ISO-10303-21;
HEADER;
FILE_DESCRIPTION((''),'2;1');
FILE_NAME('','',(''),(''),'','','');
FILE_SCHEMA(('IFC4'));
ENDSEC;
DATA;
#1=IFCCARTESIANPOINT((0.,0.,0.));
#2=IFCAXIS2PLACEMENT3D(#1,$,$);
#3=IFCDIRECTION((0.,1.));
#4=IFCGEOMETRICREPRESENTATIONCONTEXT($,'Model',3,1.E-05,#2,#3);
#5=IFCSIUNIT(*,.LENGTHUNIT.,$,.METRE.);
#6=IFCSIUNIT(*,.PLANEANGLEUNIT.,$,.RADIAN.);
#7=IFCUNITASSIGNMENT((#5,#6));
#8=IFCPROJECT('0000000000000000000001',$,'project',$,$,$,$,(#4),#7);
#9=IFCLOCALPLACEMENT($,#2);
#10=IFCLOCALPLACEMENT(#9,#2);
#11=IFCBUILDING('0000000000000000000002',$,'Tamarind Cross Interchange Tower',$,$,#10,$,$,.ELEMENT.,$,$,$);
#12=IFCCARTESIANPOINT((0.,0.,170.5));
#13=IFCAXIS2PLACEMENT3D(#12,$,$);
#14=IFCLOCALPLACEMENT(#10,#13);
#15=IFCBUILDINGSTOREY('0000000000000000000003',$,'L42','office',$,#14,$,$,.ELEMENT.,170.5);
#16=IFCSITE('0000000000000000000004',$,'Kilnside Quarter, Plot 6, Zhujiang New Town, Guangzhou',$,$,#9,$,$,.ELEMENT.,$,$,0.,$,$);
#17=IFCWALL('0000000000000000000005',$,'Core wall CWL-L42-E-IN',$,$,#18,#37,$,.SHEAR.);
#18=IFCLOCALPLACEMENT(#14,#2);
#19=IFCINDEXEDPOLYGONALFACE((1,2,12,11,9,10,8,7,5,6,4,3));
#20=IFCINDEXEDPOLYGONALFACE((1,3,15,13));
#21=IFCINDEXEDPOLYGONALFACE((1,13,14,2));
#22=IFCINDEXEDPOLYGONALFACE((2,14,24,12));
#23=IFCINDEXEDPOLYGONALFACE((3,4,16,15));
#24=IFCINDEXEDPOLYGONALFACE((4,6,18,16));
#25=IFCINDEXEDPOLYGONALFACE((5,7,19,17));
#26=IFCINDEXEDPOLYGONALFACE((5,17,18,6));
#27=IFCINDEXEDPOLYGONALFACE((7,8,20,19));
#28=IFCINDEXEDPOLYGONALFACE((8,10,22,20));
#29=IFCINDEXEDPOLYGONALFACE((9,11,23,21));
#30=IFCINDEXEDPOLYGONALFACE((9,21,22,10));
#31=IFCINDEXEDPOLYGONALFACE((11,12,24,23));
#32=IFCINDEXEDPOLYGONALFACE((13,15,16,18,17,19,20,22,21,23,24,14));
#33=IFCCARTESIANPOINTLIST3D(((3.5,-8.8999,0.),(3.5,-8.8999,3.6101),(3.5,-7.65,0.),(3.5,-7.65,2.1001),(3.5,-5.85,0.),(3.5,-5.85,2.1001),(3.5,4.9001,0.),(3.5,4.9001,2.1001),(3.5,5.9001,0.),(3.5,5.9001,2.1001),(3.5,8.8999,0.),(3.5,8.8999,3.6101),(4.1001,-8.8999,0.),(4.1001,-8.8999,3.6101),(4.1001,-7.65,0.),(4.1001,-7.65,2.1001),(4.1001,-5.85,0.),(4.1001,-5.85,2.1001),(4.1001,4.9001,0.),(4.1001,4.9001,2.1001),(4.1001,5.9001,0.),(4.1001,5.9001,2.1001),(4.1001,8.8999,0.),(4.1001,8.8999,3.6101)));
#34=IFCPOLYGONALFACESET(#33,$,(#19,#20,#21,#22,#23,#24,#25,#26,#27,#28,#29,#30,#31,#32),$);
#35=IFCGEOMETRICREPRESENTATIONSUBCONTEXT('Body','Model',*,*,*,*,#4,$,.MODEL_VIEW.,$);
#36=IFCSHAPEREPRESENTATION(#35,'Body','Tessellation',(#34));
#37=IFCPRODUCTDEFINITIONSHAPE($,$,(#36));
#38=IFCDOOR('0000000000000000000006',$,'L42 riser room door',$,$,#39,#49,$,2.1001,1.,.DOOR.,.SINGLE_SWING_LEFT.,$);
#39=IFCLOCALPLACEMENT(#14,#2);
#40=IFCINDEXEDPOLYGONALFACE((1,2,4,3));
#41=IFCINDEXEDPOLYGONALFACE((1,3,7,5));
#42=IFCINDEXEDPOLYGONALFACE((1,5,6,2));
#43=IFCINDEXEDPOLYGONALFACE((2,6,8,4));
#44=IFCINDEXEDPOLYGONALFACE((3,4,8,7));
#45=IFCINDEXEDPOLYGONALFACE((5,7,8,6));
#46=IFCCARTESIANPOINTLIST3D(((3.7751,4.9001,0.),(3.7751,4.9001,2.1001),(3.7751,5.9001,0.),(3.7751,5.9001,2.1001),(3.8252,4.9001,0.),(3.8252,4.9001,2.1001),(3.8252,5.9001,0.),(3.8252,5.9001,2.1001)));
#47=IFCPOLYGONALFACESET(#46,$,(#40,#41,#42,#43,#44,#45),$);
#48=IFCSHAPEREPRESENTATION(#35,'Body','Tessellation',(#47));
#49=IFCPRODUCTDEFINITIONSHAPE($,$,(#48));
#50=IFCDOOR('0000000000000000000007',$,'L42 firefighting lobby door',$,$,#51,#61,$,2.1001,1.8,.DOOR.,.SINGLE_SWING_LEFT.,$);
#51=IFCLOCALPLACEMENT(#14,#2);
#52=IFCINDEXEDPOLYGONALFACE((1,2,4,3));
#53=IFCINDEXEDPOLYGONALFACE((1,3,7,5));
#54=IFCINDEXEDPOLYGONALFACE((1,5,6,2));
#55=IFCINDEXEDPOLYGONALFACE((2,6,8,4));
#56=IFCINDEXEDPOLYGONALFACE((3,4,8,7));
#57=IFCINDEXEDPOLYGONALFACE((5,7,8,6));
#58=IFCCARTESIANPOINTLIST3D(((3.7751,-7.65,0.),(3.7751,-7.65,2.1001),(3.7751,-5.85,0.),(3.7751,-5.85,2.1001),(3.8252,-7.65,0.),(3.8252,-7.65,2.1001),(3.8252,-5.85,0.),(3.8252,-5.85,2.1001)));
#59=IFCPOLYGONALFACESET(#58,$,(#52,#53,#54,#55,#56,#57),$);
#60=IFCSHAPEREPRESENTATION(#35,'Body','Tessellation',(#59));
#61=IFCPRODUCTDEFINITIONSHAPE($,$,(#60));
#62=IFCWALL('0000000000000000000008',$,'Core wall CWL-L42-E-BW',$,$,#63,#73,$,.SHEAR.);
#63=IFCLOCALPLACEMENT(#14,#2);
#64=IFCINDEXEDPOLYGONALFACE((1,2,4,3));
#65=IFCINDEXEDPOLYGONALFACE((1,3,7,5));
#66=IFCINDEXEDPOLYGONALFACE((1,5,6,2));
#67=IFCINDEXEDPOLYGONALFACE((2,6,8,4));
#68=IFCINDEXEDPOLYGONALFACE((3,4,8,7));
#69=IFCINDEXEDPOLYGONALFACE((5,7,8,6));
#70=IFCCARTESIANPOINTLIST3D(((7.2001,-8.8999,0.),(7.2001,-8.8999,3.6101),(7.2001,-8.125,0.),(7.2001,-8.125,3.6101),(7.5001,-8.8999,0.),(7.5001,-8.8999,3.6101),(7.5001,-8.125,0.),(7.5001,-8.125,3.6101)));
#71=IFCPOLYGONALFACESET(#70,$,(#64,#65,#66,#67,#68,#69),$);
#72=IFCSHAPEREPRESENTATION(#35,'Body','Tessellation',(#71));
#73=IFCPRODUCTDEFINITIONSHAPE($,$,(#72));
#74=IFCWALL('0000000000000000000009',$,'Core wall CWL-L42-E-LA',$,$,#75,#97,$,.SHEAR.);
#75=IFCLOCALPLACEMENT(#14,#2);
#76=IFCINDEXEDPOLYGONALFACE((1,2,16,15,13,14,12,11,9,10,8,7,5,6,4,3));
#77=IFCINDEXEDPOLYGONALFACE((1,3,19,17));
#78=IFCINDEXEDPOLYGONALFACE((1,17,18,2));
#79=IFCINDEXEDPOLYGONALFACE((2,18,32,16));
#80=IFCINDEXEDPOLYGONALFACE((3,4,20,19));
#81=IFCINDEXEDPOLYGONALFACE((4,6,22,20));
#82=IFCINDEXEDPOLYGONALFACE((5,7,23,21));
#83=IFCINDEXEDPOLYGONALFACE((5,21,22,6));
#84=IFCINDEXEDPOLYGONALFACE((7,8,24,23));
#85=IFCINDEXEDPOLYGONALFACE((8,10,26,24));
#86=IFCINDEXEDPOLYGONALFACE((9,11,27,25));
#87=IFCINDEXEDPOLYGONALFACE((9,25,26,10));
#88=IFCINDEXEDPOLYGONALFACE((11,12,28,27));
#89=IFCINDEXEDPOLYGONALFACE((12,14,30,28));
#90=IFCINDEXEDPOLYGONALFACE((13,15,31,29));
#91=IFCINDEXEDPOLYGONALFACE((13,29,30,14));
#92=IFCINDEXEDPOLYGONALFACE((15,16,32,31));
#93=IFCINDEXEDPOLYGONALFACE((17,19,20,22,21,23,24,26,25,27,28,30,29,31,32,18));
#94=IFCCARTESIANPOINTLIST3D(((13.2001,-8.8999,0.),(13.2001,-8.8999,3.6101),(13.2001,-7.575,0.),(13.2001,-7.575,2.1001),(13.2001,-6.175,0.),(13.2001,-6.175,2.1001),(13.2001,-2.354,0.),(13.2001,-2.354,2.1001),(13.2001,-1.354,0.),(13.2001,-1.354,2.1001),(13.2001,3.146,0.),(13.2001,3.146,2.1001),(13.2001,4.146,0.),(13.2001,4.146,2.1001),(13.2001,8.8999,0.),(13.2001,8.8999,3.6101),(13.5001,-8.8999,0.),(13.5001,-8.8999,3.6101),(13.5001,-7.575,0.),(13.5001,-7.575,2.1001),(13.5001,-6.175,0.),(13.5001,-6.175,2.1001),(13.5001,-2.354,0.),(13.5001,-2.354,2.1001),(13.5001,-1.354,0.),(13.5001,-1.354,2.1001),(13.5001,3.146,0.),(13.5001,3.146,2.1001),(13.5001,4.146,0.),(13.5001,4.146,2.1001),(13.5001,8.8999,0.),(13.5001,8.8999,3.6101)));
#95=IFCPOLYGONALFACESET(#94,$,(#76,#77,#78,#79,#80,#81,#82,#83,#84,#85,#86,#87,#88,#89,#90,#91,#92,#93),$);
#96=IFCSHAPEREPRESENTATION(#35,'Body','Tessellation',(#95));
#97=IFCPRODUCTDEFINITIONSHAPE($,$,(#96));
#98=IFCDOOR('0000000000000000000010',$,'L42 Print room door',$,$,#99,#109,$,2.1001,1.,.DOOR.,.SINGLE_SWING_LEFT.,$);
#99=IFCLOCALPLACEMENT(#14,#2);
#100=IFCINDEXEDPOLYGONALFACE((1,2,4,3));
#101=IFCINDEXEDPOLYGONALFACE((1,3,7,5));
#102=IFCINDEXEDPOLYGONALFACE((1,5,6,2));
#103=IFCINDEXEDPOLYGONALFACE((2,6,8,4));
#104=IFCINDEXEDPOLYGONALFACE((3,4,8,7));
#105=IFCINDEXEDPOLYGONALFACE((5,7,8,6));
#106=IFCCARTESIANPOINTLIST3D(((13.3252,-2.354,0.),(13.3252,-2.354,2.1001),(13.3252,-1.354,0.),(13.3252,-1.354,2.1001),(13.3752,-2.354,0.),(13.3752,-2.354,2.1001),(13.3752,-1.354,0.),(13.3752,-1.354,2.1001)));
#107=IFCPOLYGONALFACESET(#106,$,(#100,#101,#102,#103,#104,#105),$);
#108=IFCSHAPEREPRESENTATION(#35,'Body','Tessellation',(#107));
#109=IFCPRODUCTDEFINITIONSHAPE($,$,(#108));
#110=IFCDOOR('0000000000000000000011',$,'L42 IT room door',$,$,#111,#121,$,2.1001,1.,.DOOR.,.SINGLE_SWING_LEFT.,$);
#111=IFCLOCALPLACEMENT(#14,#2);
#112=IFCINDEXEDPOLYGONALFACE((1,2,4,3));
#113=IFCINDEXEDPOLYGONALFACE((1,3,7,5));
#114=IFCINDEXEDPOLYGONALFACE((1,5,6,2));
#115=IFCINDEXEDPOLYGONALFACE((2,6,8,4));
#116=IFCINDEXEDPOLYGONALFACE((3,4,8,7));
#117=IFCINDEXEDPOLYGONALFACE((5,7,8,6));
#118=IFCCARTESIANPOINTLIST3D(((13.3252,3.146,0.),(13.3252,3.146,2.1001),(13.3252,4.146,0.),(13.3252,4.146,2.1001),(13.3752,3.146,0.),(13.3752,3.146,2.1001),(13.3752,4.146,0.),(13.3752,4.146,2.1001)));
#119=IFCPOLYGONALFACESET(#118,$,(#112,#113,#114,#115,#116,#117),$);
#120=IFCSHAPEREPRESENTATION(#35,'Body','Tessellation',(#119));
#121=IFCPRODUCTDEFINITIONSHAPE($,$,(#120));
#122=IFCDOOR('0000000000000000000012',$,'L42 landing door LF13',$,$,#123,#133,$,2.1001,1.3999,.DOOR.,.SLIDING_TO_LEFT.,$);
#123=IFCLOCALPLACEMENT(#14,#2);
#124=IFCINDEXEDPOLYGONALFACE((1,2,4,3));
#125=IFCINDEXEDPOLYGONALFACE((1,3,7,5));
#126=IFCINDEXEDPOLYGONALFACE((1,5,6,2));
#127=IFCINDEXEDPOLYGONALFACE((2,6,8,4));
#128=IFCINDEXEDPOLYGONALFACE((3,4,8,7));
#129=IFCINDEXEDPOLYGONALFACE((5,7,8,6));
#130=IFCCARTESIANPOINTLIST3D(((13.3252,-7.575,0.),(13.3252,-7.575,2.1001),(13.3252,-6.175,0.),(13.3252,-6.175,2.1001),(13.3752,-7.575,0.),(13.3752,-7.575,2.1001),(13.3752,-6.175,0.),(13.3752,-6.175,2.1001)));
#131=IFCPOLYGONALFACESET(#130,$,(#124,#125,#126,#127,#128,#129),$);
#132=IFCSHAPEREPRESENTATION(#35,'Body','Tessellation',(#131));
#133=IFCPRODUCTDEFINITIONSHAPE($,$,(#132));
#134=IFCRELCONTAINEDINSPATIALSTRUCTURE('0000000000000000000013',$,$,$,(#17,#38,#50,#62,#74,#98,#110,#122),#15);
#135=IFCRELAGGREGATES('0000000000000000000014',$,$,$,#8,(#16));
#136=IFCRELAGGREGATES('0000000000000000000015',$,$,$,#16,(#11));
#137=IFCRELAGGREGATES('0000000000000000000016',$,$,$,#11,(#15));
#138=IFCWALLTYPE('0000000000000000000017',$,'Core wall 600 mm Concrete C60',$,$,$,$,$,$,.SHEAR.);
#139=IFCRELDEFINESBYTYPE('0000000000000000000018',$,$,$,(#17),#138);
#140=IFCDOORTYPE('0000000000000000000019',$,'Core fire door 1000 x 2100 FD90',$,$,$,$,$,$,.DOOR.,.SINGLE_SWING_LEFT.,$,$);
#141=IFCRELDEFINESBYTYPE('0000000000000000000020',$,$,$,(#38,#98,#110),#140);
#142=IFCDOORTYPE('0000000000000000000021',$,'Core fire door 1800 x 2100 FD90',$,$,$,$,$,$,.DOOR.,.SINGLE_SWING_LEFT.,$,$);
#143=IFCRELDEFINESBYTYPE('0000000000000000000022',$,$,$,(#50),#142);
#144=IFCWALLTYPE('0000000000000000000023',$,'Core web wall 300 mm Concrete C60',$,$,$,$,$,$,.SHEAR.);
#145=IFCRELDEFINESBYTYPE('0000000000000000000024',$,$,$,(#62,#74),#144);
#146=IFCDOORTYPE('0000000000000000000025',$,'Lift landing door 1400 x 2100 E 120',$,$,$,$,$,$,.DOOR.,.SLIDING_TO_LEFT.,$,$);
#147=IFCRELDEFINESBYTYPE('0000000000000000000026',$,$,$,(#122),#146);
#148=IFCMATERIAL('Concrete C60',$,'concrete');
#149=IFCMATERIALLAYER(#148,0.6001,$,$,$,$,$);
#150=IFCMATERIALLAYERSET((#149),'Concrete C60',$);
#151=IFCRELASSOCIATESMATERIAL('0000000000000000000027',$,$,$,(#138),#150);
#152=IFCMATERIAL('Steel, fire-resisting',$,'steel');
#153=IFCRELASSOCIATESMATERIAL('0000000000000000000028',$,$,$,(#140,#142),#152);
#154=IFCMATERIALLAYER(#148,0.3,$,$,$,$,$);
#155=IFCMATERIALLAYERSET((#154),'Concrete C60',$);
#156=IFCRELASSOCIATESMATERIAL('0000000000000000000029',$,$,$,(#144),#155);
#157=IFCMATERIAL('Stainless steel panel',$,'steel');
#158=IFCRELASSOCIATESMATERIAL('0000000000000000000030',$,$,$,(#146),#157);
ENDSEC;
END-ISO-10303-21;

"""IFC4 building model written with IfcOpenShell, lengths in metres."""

from ifc_helpers import new_model, si_unit, direction, frame, frame_2d, origin, place, context, subcontext, project, spatial, rectangle, extrude, material, layer, layer_set, type_object, element, fill, save


model = new_model("IFC4")

# Units and contexts
model_context = context("Model", 3, precision=1e-05, world=origin(), true_north=direction((0.0, 1.0)))
body_context = subcontext(model_context, "Body", "Model", "MODEL_VIEW")
ifc_project = project(units=[si_unit("LENGTHUNIT", "METRE"), si_unit("PLANEANGLEUNIT", "RADIAN")], contexts=[model_context])

# Site, building, storey
site_placement = place(None, origin())
site = spatial("IfcSite", under=ifc_project, at=site_placement, Name="Kilnside Quarter, Plot 6, Zhujiang New Town, Guangzhou", CompositionType="ELEMENT", RefElevation=0.0)
building_placement = place(site_placement, origin())
building = spatial("IfcBuilding", under=site, at=building_placement, Name="Tamarind Cross Interchange Tower", CompositionType="ELEMENT")
storey_placement = place(building_placement, frame((0.0, 0.0, 170.5)))
storey = spatial("IfcBuildingStorey", under=building, at=storey_placement, Name="L42", Description="office", CompositionType="ELEMENT", Elevation=170.5)

# Wall, openings, doors
ifc_material_1 = material(Name="Concrete C60", Category="concrete")
ifc_layer_1 = layer(ifc_material_1, 0.6001)
ifc_layer_set_1 = layer_set([ifc_layer_1], Name="Concrete C60")
wall_type_1 = type_object("IfcWallType", Name="Core wall 600 mm Concrete C60", PredefinedType="SHEAR", material=ifc_layer_set_1)
wall_1_placement = place(storey_placement, frame((3.8, -8.8999, 0.0), z_axis=(0.0, 0.0, 1.0), x_axis=(0.0, 1.0, 0.0)))
wall_1 = element("IfcWall", 1, at=wall_1_placement, inside=storey, type_object=wall_type_1, Name="Core wall CWL-L42-E-IN", PredefinedType="SHEAR", context=body_context, shape_type="SweptSolid", body=[
    extrude(rectangle(XDim=17.7998, YDim=0.6001, at=frame_2d((8.8999, 0.0))), origin(), (0.0, 0.0, 1.0), 3.6101),
])
opening_1_placement = place(wall_1_placement, frame((1.25, 0.0, 0.0)))
opening_1 = element("IfcOpeningElement", 2, at=opening_1_placement, cuts=wall_1, PredefinedType="OPENING", context=body_context, shape_type="SweptSolid", body=[
    extrude(rectangle(XDim=1.8, YDim=2.1001, at=frame_2d((0.8999, 1.05))), frame((0.0, 0.3101, 0.0), z_axis=(0.0, -1.0, 0.0), x_axis=(1.0, 0.0, 0.0)), (0.0, 0.0, 1.0), 0.6201),
])
opening_2_placement = place(wall_1_placement, frame((13.8, 0.0, 0.0)))
opening_2 = element("IfcOpeningElement", 3, at=opening_2_placement, cuts=wall_1, PredefinedType="OPENING", context=body_context, shape_type="SweptSolid", body=[
    extrude(rectangle(XDim=1.0, YDim=2.1001, at=frame_2d((0.5, 1.05))), frame((0.0, 0.3101, 0.0), z_axis=(0.0, -1.0, 0.0), x_axis=(1.0, 0.0, 0.0)), (0.0, 0.0, 1.0), 0.6201),
])
ifc_material_2 = material(Name="Steel, fire-resisting", Category="steel")
door_type_1 = type_object("IfcDoorType", Name="Core fire door 1000 x 2100 FD90", OperationType="SINGLE_SWING_LEFT", PredefinedType="DOOR", material=ifc_material_2)
door_1_placement = place(opening_2_placement, origin())
door_1 = element("IfcDoor", 4, at=door_1_placement, inside=storey, type_object=door_type_1, Name="L42 riser room door", OperationType="SINGLE_SWING_LEFT", OverallHeight=2.1001, OverallWidth=1.0, PredefinedType="DOOR", context=body_context, shape_type="SweptSolid", body=[
    extrude(rectangle(XDim=1.0, YDim=2.1001, at=frame_2d((0.5, 1.05))), frame((0.0, 0.0249, 0.0), z_axis=(0.0, -1.0, 0.0), x_axis=(1.0, 0.0, 0.0)), (0.0, 0.0, 1.0), 0.05),
])
fill(opening_2, door_1)
door_type_2 = type_object("IfcDoorType", Name="Core fire door 1800 x 2100 FD90", OperationType="SINGLE_SWING_LEFT", PredefinedType="DOOR", material=ifc_material_2)
door_2_placement = place(opening_1_placement, origin())
door_2 = element("IfcDoor", 5, at=door_2_placement, inside=storey, type_object=door_type_2, Name="L42 firefighting lobby door", OperationType="SINGLE_SWING_LEFT", OverallHeight=2.1001, OverallWidth=1.8, PredefinedType="DOOR", context=body_context, shape_type="SweptSolid", body=[
    extrude(rectangle(XDim=1.8, YDim=2.1001, at=frame_2d((0.8999, 1.05))), frame((0.0, 0.0249, 0.0), z_axis=(0.0, -1.0, 0.0), x_axis=(1.0, 0.0, 0.0)), (0.0, 0.0, 1.0), 0.05),
])
fill(opening_1, door_2)

# Wall
ifc_layer_2 = layer(ifc_material_1, 0.3)
ifc_layer_set_2 = layer_set([ifc_layer_2], Name="Concrete C60")
wall_type_2 = type_object("IfcWallType", Name="Core web wall 300 mm Concrete C60", PredefinedType="SHEAR", material=ifc_layer_set_2)
wall_2_placement = place(storey_placement, frame((7.3501, -8.8999, 0.0), z_axis=(0.0, 0.0, 1.0), x_axis=(0.0, 1.0, 0.0)))
element("IfcWall", 6, at=wall_2_placement, inside=storey, type_object=wall_type_2, Name="Core wall CWL-L42-E-BW", PredefinedType="SHEAR", context=body_context, shape_type="SweptSolid", body=[
    extrude(rectangle(XDim=0.7749, YDim=0.3, at=frame_2d((0.3875, 0.0))), origin(), (0.0, 0.0, 1.0), 3.6101),
])

# Wall, openings, doors
wall_3_placement = place(storey_placement, frame((13.3501, -8.8999, 0.0), z_axis=(0.0, 0.0, 1.0), x_axis=(0.0, 1.0, 0.0)))
wall_3 = element("IfcWall", 7, at=wall_3_placement, inside=storey, type_object=wall_type_2, Name="Core wall CWL-L42-E-LA", PredefinedType="SHEAR", context=body_context, shape_type="SweptSolid", body=[
    extrude(rectangle(XDim=17.7998, YDim=0.3, at=frame_2d((8.8999, 0.0))), origin(), (0.0, 0.0, 1.0), 3.6101),
])
opening_3_placement = place(wall_3_placement, frame((1.325, 0.0, 0.0)))
opening_3 = element("IfcOpeningElement", 8, at=opening_3_placement, cuts=wall_3, PredefinedType="OPENING", context=body_context, shape_type="SweptSolid", body=[
    extrude(rectangle(XDim=1.3999, YDim=2.1001, at=frame_2d((0.7, 1.05))), frame((0.0, 0.1599, 0.0), z_axis=(0.0, -1.0, 0.0), x_axis=(1.0, 0.0, 0.0)), (0.0, 0.0, 1.0), 0.3201),
])
opening_4_placement = place(wall_3_placement, frame((6.5459, 0.0, 0.0)))
opening_4 = element("IfcOpeningElement", 9, at=opening_4_placement, cuts=wall_3, PredefinedType="OPENING", context=body_context, shape_type="SweptSolid", body=[
    extrude(rectangle(XDim=1.0, YDim=2.1001, at=frame_2d((0.5, 1.05))), frame((0.0, 0.1599, 0.0), z_axis=(0.0, -1.0, 0.0), x_axis=(1.0, 0.0, 0.0)), (0.0, 0.0, 1.0), 0.3201),
])
opening_5_placement = place(wall_3_placement, frame((12.0459, 0.0, 0.0)))
opening_5 = element("IfcOpeningElement", 10, at=opening_5_placement, cuts=wall_3, PredefinedType="OPENING", context=body_context, shape_type="SweptSolid", body=[
    extrude(rectangle(XDim=1.0, YDim=2.1001, at=frame_2d((0.5, 1.05))), frame((0.0, 0.1599, 0.0), z_axis=(0.0, -1.0, 0.0), x_axis=(1.0, 0.0, 0.0)), (0.0, 0.0, 1.0), 0.3201),
])
door_3_placement = place(opening_4_placement, origin())
door_3 = element("IfcDoor", 11, at=door_3_placement, inside=storey, type_object=door_type_1, Name="L42 Print room door", OperationType="SINGLE_SWING_LEFT", OverallHeight=2.1001, OverallWidth=1.0, PredefinedType="DOOR", context=body_context, shape_type="SweptSolid", body=[
    extrude(rectangle(XDim=1.0, YDim=2.1001, at=frame_2d((0.5, 1.05))), frame((0.0, 0.0249, 0.0), z_axis=(0.0, -1.0, 0.0), x_axis=(1.0, 0.0, 0.0)), (0.0, 0.0, 1.0), 0.05),
])
fill(opening_4, door_3)
door_4_placement = place(opening_5_placement, origin())
door_4 = element("IfcDoor", 12, at=door_4_placement, inside=storey, type_object=door_type_1, Name="L42 IT room door", OperationType="SINGLE_SWING_LEFT", OverallHeight=2.1001, OverallWidth=1.0, PredefinedType="DOOR", context=body_context, shape_type="SweptSolid", body=[
    extrude(rectangle(XDim=1.0, YDim=2.1001, at=frame_2d((0.5, 1.05))), frame((0.0, 0.0249, 0.0), z_axis=(0.0, -1.0, 0.0), x_axis=(1.0, 0.0, 0.0)), (0.0, 0.0, 1.0), 0.05),
])
fill(opening_5, door_4)
ifc_material_3 = material(Name="Stainless steel panel", Category="steel")
door_type_3 = type_object("IfcDoorType", Name="Lift landing door 1400 x 2100 E 120", OperationType="SLIDING_TO_LEFT", PredefinedType="DOOR", material=ifc_material_3)
door_5_placement = place(opening_3_placement, origin())
door_5 = element("IfcDoor", 13, at=door_5_placement, inside=storey, type_object=door_type_3, Name="L42 landing door LF13", OperationType="SLIDING_TO_LEFT", OverallHeight=2.1001, OverallWidth=1.3999, PredefinedType="DOOR", context=body_context, shape_type="SweptSolid", body=[
    extrude(rectangle(XDim=1.3999, YDim=2.1001, at=frame_2d((0.7, 1.05))), frame((0.0, 0.0249, 0.0), z_axis=(0.0, -1.0, 0.0), x_axis=(1.0, 0.0, 0.0)), (0.0, 0.0, 1.0), 0.05),
])
fill(opening_3, door_5)

save(model, "model.ifc")
